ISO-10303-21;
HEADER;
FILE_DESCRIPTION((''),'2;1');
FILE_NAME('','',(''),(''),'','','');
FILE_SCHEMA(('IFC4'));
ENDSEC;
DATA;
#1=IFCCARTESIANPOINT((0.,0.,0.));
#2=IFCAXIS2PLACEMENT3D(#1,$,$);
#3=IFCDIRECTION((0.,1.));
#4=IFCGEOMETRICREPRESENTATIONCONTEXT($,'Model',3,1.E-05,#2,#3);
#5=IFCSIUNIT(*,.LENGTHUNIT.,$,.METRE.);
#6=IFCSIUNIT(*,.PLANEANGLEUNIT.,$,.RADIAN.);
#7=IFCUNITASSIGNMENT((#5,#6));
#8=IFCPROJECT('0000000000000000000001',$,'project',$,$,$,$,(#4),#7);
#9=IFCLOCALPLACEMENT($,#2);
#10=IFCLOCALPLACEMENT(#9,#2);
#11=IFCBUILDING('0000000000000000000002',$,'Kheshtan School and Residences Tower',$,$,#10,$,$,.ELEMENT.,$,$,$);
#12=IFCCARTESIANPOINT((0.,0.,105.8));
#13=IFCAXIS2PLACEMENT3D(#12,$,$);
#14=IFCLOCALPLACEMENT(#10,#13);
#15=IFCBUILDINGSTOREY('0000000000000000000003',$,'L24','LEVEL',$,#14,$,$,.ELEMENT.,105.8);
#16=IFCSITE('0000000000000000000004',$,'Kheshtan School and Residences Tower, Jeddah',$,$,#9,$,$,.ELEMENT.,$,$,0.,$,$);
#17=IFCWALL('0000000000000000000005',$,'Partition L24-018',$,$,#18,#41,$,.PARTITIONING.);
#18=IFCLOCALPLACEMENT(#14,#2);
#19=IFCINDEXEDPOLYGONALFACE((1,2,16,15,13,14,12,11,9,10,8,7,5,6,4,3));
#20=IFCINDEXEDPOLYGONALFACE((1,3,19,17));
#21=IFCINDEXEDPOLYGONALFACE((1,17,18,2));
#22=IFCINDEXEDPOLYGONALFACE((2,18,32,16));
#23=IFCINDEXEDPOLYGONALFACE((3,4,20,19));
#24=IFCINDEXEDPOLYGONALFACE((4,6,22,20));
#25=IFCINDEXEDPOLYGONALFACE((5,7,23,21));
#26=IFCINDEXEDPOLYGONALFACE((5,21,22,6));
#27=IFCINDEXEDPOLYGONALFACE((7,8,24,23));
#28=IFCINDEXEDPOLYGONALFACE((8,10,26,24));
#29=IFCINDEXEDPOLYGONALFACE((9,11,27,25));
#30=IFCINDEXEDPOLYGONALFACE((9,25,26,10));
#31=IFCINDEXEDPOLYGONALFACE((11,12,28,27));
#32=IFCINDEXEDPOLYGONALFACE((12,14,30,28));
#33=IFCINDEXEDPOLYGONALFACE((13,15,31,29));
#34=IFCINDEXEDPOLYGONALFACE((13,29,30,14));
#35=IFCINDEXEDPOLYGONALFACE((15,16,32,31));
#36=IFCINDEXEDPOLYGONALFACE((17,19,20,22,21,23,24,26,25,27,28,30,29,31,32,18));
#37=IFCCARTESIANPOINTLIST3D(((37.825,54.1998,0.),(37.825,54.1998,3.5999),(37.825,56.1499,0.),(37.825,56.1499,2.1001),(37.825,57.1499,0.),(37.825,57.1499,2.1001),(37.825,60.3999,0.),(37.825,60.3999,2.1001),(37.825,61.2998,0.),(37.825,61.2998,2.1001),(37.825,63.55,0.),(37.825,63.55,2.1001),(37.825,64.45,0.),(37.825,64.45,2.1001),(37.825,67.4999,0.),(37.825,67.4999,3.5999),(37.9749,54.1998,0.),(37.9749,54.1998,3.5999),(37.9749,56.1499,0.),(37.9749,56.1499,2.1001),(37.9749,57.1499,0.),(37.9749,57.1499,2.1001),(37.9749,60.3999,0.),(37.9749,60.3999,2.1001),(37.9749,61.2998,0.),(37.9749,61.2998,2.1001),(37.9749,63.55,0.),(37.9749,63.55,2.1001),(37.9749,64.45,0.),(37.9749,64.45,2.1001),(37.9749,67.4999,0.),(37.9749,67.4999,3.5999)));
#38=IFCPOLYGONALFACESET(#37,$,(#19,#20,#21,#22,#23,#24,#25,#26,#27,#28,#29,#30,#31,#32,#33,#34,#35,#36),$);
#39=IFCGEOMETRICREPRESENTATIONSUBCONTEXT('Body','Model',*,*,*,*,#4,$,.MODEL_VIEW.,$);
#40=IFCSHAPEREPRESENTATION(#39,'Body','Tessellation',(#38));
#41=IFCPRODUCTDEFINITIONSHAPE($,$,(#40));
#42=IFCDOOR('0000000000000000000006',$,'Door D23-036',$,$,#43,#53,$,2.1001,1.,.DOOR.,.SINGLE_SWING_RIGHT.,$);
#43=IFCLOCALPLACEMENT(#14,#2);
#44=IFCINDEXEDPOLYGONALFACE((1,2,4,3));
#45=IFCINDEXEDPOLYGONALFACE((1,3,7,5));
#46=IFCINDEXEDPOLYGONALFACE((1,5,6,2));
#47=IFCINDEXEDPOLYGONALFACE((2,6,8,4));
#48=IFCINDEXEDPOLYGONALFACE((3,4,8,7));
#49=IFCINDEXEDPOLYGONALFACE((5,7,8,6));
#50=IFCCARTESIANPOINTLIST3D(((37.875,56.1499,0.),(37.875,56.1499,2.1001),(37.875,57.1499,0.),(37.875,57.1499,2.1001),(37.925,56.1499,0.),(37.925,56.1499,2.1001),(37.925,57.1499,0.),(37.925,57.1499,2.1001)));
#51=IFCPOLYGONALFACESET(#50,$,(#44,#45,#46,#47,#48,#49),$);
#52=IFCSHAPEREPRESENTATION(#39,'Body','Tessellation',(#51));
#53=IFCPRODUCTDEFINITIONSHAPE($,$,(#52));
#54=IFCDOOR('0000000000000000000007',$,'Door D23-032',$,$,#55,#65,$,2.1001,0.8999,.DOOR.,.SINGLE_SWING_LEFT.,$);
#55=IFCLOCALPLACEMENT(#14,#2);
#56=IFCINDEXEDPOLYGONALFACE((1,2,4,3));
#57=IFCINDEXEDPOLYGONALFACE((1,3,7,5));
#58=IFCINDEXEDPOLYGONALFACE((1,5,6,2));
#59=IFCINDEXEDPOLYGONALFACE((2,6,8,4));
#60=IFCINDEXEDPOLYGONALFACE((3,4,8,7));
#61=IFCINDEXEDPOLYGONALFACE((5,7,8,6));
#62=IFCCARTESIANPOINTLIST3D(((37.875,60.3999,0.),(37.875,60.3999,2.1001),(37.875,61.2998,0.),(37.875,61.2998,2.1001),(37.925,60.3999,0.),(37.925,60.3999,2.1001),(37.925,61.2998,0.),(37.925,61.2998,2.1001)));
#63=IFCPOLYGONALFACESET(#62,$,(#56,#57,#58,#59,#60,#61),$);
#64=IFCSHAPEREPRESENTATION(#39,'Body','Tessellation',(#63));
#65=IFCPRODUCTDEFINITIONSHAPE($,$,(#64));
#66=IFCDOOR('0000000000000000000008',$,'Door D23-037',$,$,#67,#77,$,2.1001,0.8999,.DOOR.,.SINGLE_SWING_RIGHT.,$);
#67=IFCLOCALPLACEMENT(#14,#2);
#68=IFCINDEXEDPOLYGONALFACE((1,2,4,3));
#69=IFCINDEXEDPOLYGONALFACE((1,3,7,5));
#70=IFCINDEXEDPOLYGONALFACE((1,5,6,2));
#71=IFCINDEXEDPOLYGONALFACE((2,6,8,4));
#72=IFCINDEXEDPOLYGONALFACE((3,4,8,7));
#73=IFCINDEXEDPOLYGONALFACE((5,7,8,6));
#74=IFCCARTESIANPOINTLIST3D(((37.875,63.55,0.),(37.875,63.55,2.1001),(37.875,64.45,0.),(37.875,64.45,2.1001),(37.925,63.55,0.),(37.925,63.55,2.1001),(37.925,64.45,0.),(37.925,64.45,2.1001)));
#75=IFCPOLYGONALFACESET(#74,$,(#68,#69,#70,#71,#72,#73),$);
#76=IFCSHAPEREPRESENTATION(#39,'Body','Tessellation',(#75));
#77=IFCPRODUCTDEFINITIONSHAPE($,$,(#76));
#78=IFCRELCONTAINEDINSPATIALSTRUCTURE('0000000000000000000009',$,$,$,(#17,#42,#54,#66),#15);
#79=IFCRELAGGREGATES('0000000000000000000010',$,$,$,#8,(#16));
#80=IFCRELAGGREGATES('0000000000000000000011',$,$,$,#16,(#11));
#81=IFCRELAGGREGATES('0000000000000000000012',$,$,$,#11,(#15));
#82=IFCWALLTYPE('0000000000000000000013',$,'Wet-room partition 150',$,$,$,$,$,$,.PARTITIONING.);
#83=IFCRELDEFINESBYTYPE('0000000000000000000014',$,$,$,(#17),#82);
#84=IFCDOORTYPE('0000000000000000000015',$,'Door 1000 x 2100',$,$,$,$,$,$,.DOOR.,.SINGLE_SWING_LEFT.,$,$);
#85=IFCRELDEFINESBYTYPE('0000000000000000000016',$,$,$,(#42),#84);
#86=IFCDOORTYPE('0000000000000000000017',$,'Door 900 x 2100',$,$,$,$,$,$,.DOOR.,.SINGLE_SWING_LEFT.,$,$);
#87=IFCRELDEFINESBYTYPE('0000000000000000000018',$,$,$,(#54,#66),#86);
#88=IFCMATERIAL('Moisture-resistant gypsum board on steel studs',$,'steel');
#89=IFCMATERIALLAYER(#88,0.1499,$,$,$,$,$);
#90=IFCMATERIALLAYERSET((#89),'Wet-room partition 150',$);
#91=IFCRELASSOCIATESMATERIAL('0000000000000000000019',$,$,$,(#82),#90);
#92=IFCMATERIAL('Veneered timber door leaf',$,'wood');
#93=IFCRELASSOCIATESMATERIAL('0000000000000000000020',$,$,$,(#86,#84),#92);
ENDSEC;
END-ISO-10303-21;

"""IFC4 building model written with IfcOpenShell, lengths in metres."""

from ifc_helpers import new_model, si_unit, direction, frame, frame_2d, origin, place, context, subcontext, project, spatial, rectangle, extrude, source, transform, mapped, material, layer, layer_set, type_object, element, fill, save


model = new_model("IFC4")

# Units and contexts
model_context = context("Model", 3, precision=1e-05, world=origin(), true_north=direction((0.0, 1.0)))
body_context = subcontext(model_context, "Body", "Model", "MODEL_VIEW")
ifc_project = project(units=[si_unit("LENGTHUNIT", "METRE"), si_unit("PLANEANGLEUNIT", "RADIAN")], contexts=[model_context])

# Site, building, storey
site_placement = place(None, origin())
site = spatial("IfcSite", under=ifc_project, at=site_placement, Name="Kheshtan School and Residences Tower, Jeddah", CompositionType="ELEMENT", RefElevation=0.0)
building_placement = place(site_placement, origin())
building = spatial("IfcBuilding", under=site, at=building_placement, Name="Kheshtan School and Residences Tower", CompositionType="ELEMENT")
storey_placement = place(building_placement, frame((0.0, 0.0, 105.8)))
storey = spatial("IfcBuildingStorey", under=building, at=storey_placement, Name="L24", Description="LEVEL", CompositionType="ELEMENT", Elevation=105.8)

# Wall, openings, doors
ifc_material_1 = material(Name="Moisture-resistant gypsum board on steel studs", Category="steel")
ifc_layer_1 = layer(ifc_material_1, 0.1499)
ifc_layer_set_1 = layer_set([ifc_layer_1], Name="Wet-room partition 150")
wall_type_1 = type_object("IfcWallType", Name="Wet-room partition 150", PredefinedType="PARTITIONING", material=ifc_layer_set_1)
ifc_material_2 = material(Name="Veneered timber door leaf", Category="wood")
door_type_1 = type_object("IfcDoorType", Name="Door 900 x 2100", OperationType="SINGLE_SWING_LEFT", PredefinedType="DOOR", material=ifc_material_2)
shared_shape_1 = source(origin(), body_context, "Body", "SweptSolid", [
    extrude(rectangle(XDim=0.8999, YDim=2.1001, at=frame_2d((0.45, 1.05))), frame((0.0, 0.0249, 0.0), z_axis=(0.0, -1.0, 0.0), x_axis=(1.0, 0.0, 0.0)), (0.0, 0.0, 1.0), 0.05),
])
wall_1_placement = place(storey_placement, frame((37.8999, 54.2, 0.0), z_axis=(0.0, 0.0, 1.0), x_axis=(0.0, 1.0, 0.0)))
wall_1 = element("IfcWall", 1, at=wall_1_placement, inside=storey, type_object=wall_type_1, Name="Partition L24-018", PredefinedType="PARTITIONING", context=body_context, shape_type="SweptSolid", body=[
    extrude(rectangle(XDim=13.3, YDim=0.1499, at=frame_2d((6.6499, 0.0))), origin(), (0.0, 0.0, 1.0), 3.5999),
])
opening_1_placement = place(wall_1_placement, frame((6.2, 0.0, 0.0)))
opening_1 = element("IfcOpeningElement", 2, at=opening_1_placement, cuts=wall_1, PredefinedType="OPENING", context=body_context, shape_type="SweptSolid", body=[
    extrude(rectangle(XDim=0.8999, YDim=2.1001, at=frame_2d((0.45, 1.05))), frame((0.0, 0.085, 0.0), z_axis=(0.0, -1.0, 0.0), x_axis=(1.0, 0.0, 0.0)), (0.0, 0.0, 1.0), 0.1699),
])
opening_2_placement = place(wall_1_placement, frame((1.95, 0.0, 0.0)))
opening_2 = element("IfcOpeningElement", 3, at=opening_2_placement, cuts=wall_1, PredefinedType="OPENING", context=body_context, shape_type="SweptSolid", body=[
    extrude(rectangle(XDim=1.0, YDim=2.1001, at=frame_2d((0.5, 1.05))), frame((0.0, 0.085, 0.0), z_axis=(0.0, -1.0, 0.0), x_axis=(1.0, 0.0, 0.0)), (0.0, 0.0, 1.0), 0.1699),
])
opening_3_placement = place(wall_1_placement, frame((9.3501, 0.0, 0.0)))
opening_3 = element("IfcOpeningElement", 4, at=opening_3_placement, cuts=wall_1, PredefinedType="OPENING", context=body_context, shape_type="SweptSolid", body=[
    extrude(rectangle(XDim=0.8999, YDim=2.1001, at=frame_2d((0.45, 1.05))), frame((0.0, 0.085, 0.0), z_axis=(0.0, -1.0, 0.0), x_axis=(1.0, 0.0, 0.0)), (0.0, 0.0, 1.0), 0.1699),
])
door_type_2 = type_object("IfcDoorType", Name="Door 1000 x 2100", OperationType="SINGLE_SWING_LEFT", PredefinedType="DOOR", material=ifc_material_2)
shared_shape_2 = source(origin(), body_context, "Body", "SweptSolid", [
    extrude(rectangle(XDim=1.0, YDim=2.1001, at=frame_2d((0.5, 1.05))), frame((0.0, 0.0249, 0.0), z_axis=(0.0, -1.0, 0.0), x_axis=(1.0, 0.0, 0.0)), (0.0, 0.0, 1.0), 0.05),
])
door_1_placement = place(opening_2_placement, origin())
door_1 = element("IfcDoor", 5, at=door_1_placement, inside=storey, type_object=door_type_2, Name="Door D23-036", OperationType="SINGLE_SWING_RIGHT", OverallHeight=2.1001, OverallWidth=1.0, PredefinedType="DOOR", context=body_context, shape_type="MappedRepresentation", body=[
    mapped(shared_shape_2, transform((0.0, 0.0, 0.0), x_axis=(1.0, 0.0, 0.0), y_axis=(0.0, 1.0, 0.0), z_axis=(0.0, 0.0, 1.0), scale=1.0)),
])
fill(opening_2, door_1)
door_2_placement = place(opening_1_placement, origin())
door_2 = element("IfcDoor", 6, at=door_2_placement, inside=storey, type_object=door_type_1, Name="Door D23-032", OperationType="SINGLE_SWING_LEFT", OverallHeight=2.1001, OverallWidth=0.8999, PredefinedType="DOOR", context=body_context, shape_type="MappedRepresentation", body=[
    mapped(shared_shape_1, transform((0.0, 0.0, 0.0), x_axis=(1.0, 0.0, 0.0), y_axis=(0.0, 1.0, 0.0), z_axis=(0.0, 0.0, 1.0), scale=1.0)),
])
fill(opening_1, door_2)
door_3_placement = place(opening_3_placement, origin())
door_3 = element("IfcDoor", 7, at=door_3_placement, inside=storey, type_object=door_type_1, Name="Door D23-037", OperationType="SINGLE_SWING_RIGHT", OverallHeight=2.1001, OverallWidth=0.8999, PredefinedType="DOOR", context=body_context, shape_type="MappedRepresentation", body=[
    mapped(shared_shape_1, transform((0.0, 0.0, 0.0), x_axis=(1.0, 0.0, 0.0), y_axis=(0.0, 1.0, 0.0), z_axis=(0.0, 0.0, 1.0), scale=1.0)),
])
fill(opening_3, door_3)

save(model, "model.ifc")
